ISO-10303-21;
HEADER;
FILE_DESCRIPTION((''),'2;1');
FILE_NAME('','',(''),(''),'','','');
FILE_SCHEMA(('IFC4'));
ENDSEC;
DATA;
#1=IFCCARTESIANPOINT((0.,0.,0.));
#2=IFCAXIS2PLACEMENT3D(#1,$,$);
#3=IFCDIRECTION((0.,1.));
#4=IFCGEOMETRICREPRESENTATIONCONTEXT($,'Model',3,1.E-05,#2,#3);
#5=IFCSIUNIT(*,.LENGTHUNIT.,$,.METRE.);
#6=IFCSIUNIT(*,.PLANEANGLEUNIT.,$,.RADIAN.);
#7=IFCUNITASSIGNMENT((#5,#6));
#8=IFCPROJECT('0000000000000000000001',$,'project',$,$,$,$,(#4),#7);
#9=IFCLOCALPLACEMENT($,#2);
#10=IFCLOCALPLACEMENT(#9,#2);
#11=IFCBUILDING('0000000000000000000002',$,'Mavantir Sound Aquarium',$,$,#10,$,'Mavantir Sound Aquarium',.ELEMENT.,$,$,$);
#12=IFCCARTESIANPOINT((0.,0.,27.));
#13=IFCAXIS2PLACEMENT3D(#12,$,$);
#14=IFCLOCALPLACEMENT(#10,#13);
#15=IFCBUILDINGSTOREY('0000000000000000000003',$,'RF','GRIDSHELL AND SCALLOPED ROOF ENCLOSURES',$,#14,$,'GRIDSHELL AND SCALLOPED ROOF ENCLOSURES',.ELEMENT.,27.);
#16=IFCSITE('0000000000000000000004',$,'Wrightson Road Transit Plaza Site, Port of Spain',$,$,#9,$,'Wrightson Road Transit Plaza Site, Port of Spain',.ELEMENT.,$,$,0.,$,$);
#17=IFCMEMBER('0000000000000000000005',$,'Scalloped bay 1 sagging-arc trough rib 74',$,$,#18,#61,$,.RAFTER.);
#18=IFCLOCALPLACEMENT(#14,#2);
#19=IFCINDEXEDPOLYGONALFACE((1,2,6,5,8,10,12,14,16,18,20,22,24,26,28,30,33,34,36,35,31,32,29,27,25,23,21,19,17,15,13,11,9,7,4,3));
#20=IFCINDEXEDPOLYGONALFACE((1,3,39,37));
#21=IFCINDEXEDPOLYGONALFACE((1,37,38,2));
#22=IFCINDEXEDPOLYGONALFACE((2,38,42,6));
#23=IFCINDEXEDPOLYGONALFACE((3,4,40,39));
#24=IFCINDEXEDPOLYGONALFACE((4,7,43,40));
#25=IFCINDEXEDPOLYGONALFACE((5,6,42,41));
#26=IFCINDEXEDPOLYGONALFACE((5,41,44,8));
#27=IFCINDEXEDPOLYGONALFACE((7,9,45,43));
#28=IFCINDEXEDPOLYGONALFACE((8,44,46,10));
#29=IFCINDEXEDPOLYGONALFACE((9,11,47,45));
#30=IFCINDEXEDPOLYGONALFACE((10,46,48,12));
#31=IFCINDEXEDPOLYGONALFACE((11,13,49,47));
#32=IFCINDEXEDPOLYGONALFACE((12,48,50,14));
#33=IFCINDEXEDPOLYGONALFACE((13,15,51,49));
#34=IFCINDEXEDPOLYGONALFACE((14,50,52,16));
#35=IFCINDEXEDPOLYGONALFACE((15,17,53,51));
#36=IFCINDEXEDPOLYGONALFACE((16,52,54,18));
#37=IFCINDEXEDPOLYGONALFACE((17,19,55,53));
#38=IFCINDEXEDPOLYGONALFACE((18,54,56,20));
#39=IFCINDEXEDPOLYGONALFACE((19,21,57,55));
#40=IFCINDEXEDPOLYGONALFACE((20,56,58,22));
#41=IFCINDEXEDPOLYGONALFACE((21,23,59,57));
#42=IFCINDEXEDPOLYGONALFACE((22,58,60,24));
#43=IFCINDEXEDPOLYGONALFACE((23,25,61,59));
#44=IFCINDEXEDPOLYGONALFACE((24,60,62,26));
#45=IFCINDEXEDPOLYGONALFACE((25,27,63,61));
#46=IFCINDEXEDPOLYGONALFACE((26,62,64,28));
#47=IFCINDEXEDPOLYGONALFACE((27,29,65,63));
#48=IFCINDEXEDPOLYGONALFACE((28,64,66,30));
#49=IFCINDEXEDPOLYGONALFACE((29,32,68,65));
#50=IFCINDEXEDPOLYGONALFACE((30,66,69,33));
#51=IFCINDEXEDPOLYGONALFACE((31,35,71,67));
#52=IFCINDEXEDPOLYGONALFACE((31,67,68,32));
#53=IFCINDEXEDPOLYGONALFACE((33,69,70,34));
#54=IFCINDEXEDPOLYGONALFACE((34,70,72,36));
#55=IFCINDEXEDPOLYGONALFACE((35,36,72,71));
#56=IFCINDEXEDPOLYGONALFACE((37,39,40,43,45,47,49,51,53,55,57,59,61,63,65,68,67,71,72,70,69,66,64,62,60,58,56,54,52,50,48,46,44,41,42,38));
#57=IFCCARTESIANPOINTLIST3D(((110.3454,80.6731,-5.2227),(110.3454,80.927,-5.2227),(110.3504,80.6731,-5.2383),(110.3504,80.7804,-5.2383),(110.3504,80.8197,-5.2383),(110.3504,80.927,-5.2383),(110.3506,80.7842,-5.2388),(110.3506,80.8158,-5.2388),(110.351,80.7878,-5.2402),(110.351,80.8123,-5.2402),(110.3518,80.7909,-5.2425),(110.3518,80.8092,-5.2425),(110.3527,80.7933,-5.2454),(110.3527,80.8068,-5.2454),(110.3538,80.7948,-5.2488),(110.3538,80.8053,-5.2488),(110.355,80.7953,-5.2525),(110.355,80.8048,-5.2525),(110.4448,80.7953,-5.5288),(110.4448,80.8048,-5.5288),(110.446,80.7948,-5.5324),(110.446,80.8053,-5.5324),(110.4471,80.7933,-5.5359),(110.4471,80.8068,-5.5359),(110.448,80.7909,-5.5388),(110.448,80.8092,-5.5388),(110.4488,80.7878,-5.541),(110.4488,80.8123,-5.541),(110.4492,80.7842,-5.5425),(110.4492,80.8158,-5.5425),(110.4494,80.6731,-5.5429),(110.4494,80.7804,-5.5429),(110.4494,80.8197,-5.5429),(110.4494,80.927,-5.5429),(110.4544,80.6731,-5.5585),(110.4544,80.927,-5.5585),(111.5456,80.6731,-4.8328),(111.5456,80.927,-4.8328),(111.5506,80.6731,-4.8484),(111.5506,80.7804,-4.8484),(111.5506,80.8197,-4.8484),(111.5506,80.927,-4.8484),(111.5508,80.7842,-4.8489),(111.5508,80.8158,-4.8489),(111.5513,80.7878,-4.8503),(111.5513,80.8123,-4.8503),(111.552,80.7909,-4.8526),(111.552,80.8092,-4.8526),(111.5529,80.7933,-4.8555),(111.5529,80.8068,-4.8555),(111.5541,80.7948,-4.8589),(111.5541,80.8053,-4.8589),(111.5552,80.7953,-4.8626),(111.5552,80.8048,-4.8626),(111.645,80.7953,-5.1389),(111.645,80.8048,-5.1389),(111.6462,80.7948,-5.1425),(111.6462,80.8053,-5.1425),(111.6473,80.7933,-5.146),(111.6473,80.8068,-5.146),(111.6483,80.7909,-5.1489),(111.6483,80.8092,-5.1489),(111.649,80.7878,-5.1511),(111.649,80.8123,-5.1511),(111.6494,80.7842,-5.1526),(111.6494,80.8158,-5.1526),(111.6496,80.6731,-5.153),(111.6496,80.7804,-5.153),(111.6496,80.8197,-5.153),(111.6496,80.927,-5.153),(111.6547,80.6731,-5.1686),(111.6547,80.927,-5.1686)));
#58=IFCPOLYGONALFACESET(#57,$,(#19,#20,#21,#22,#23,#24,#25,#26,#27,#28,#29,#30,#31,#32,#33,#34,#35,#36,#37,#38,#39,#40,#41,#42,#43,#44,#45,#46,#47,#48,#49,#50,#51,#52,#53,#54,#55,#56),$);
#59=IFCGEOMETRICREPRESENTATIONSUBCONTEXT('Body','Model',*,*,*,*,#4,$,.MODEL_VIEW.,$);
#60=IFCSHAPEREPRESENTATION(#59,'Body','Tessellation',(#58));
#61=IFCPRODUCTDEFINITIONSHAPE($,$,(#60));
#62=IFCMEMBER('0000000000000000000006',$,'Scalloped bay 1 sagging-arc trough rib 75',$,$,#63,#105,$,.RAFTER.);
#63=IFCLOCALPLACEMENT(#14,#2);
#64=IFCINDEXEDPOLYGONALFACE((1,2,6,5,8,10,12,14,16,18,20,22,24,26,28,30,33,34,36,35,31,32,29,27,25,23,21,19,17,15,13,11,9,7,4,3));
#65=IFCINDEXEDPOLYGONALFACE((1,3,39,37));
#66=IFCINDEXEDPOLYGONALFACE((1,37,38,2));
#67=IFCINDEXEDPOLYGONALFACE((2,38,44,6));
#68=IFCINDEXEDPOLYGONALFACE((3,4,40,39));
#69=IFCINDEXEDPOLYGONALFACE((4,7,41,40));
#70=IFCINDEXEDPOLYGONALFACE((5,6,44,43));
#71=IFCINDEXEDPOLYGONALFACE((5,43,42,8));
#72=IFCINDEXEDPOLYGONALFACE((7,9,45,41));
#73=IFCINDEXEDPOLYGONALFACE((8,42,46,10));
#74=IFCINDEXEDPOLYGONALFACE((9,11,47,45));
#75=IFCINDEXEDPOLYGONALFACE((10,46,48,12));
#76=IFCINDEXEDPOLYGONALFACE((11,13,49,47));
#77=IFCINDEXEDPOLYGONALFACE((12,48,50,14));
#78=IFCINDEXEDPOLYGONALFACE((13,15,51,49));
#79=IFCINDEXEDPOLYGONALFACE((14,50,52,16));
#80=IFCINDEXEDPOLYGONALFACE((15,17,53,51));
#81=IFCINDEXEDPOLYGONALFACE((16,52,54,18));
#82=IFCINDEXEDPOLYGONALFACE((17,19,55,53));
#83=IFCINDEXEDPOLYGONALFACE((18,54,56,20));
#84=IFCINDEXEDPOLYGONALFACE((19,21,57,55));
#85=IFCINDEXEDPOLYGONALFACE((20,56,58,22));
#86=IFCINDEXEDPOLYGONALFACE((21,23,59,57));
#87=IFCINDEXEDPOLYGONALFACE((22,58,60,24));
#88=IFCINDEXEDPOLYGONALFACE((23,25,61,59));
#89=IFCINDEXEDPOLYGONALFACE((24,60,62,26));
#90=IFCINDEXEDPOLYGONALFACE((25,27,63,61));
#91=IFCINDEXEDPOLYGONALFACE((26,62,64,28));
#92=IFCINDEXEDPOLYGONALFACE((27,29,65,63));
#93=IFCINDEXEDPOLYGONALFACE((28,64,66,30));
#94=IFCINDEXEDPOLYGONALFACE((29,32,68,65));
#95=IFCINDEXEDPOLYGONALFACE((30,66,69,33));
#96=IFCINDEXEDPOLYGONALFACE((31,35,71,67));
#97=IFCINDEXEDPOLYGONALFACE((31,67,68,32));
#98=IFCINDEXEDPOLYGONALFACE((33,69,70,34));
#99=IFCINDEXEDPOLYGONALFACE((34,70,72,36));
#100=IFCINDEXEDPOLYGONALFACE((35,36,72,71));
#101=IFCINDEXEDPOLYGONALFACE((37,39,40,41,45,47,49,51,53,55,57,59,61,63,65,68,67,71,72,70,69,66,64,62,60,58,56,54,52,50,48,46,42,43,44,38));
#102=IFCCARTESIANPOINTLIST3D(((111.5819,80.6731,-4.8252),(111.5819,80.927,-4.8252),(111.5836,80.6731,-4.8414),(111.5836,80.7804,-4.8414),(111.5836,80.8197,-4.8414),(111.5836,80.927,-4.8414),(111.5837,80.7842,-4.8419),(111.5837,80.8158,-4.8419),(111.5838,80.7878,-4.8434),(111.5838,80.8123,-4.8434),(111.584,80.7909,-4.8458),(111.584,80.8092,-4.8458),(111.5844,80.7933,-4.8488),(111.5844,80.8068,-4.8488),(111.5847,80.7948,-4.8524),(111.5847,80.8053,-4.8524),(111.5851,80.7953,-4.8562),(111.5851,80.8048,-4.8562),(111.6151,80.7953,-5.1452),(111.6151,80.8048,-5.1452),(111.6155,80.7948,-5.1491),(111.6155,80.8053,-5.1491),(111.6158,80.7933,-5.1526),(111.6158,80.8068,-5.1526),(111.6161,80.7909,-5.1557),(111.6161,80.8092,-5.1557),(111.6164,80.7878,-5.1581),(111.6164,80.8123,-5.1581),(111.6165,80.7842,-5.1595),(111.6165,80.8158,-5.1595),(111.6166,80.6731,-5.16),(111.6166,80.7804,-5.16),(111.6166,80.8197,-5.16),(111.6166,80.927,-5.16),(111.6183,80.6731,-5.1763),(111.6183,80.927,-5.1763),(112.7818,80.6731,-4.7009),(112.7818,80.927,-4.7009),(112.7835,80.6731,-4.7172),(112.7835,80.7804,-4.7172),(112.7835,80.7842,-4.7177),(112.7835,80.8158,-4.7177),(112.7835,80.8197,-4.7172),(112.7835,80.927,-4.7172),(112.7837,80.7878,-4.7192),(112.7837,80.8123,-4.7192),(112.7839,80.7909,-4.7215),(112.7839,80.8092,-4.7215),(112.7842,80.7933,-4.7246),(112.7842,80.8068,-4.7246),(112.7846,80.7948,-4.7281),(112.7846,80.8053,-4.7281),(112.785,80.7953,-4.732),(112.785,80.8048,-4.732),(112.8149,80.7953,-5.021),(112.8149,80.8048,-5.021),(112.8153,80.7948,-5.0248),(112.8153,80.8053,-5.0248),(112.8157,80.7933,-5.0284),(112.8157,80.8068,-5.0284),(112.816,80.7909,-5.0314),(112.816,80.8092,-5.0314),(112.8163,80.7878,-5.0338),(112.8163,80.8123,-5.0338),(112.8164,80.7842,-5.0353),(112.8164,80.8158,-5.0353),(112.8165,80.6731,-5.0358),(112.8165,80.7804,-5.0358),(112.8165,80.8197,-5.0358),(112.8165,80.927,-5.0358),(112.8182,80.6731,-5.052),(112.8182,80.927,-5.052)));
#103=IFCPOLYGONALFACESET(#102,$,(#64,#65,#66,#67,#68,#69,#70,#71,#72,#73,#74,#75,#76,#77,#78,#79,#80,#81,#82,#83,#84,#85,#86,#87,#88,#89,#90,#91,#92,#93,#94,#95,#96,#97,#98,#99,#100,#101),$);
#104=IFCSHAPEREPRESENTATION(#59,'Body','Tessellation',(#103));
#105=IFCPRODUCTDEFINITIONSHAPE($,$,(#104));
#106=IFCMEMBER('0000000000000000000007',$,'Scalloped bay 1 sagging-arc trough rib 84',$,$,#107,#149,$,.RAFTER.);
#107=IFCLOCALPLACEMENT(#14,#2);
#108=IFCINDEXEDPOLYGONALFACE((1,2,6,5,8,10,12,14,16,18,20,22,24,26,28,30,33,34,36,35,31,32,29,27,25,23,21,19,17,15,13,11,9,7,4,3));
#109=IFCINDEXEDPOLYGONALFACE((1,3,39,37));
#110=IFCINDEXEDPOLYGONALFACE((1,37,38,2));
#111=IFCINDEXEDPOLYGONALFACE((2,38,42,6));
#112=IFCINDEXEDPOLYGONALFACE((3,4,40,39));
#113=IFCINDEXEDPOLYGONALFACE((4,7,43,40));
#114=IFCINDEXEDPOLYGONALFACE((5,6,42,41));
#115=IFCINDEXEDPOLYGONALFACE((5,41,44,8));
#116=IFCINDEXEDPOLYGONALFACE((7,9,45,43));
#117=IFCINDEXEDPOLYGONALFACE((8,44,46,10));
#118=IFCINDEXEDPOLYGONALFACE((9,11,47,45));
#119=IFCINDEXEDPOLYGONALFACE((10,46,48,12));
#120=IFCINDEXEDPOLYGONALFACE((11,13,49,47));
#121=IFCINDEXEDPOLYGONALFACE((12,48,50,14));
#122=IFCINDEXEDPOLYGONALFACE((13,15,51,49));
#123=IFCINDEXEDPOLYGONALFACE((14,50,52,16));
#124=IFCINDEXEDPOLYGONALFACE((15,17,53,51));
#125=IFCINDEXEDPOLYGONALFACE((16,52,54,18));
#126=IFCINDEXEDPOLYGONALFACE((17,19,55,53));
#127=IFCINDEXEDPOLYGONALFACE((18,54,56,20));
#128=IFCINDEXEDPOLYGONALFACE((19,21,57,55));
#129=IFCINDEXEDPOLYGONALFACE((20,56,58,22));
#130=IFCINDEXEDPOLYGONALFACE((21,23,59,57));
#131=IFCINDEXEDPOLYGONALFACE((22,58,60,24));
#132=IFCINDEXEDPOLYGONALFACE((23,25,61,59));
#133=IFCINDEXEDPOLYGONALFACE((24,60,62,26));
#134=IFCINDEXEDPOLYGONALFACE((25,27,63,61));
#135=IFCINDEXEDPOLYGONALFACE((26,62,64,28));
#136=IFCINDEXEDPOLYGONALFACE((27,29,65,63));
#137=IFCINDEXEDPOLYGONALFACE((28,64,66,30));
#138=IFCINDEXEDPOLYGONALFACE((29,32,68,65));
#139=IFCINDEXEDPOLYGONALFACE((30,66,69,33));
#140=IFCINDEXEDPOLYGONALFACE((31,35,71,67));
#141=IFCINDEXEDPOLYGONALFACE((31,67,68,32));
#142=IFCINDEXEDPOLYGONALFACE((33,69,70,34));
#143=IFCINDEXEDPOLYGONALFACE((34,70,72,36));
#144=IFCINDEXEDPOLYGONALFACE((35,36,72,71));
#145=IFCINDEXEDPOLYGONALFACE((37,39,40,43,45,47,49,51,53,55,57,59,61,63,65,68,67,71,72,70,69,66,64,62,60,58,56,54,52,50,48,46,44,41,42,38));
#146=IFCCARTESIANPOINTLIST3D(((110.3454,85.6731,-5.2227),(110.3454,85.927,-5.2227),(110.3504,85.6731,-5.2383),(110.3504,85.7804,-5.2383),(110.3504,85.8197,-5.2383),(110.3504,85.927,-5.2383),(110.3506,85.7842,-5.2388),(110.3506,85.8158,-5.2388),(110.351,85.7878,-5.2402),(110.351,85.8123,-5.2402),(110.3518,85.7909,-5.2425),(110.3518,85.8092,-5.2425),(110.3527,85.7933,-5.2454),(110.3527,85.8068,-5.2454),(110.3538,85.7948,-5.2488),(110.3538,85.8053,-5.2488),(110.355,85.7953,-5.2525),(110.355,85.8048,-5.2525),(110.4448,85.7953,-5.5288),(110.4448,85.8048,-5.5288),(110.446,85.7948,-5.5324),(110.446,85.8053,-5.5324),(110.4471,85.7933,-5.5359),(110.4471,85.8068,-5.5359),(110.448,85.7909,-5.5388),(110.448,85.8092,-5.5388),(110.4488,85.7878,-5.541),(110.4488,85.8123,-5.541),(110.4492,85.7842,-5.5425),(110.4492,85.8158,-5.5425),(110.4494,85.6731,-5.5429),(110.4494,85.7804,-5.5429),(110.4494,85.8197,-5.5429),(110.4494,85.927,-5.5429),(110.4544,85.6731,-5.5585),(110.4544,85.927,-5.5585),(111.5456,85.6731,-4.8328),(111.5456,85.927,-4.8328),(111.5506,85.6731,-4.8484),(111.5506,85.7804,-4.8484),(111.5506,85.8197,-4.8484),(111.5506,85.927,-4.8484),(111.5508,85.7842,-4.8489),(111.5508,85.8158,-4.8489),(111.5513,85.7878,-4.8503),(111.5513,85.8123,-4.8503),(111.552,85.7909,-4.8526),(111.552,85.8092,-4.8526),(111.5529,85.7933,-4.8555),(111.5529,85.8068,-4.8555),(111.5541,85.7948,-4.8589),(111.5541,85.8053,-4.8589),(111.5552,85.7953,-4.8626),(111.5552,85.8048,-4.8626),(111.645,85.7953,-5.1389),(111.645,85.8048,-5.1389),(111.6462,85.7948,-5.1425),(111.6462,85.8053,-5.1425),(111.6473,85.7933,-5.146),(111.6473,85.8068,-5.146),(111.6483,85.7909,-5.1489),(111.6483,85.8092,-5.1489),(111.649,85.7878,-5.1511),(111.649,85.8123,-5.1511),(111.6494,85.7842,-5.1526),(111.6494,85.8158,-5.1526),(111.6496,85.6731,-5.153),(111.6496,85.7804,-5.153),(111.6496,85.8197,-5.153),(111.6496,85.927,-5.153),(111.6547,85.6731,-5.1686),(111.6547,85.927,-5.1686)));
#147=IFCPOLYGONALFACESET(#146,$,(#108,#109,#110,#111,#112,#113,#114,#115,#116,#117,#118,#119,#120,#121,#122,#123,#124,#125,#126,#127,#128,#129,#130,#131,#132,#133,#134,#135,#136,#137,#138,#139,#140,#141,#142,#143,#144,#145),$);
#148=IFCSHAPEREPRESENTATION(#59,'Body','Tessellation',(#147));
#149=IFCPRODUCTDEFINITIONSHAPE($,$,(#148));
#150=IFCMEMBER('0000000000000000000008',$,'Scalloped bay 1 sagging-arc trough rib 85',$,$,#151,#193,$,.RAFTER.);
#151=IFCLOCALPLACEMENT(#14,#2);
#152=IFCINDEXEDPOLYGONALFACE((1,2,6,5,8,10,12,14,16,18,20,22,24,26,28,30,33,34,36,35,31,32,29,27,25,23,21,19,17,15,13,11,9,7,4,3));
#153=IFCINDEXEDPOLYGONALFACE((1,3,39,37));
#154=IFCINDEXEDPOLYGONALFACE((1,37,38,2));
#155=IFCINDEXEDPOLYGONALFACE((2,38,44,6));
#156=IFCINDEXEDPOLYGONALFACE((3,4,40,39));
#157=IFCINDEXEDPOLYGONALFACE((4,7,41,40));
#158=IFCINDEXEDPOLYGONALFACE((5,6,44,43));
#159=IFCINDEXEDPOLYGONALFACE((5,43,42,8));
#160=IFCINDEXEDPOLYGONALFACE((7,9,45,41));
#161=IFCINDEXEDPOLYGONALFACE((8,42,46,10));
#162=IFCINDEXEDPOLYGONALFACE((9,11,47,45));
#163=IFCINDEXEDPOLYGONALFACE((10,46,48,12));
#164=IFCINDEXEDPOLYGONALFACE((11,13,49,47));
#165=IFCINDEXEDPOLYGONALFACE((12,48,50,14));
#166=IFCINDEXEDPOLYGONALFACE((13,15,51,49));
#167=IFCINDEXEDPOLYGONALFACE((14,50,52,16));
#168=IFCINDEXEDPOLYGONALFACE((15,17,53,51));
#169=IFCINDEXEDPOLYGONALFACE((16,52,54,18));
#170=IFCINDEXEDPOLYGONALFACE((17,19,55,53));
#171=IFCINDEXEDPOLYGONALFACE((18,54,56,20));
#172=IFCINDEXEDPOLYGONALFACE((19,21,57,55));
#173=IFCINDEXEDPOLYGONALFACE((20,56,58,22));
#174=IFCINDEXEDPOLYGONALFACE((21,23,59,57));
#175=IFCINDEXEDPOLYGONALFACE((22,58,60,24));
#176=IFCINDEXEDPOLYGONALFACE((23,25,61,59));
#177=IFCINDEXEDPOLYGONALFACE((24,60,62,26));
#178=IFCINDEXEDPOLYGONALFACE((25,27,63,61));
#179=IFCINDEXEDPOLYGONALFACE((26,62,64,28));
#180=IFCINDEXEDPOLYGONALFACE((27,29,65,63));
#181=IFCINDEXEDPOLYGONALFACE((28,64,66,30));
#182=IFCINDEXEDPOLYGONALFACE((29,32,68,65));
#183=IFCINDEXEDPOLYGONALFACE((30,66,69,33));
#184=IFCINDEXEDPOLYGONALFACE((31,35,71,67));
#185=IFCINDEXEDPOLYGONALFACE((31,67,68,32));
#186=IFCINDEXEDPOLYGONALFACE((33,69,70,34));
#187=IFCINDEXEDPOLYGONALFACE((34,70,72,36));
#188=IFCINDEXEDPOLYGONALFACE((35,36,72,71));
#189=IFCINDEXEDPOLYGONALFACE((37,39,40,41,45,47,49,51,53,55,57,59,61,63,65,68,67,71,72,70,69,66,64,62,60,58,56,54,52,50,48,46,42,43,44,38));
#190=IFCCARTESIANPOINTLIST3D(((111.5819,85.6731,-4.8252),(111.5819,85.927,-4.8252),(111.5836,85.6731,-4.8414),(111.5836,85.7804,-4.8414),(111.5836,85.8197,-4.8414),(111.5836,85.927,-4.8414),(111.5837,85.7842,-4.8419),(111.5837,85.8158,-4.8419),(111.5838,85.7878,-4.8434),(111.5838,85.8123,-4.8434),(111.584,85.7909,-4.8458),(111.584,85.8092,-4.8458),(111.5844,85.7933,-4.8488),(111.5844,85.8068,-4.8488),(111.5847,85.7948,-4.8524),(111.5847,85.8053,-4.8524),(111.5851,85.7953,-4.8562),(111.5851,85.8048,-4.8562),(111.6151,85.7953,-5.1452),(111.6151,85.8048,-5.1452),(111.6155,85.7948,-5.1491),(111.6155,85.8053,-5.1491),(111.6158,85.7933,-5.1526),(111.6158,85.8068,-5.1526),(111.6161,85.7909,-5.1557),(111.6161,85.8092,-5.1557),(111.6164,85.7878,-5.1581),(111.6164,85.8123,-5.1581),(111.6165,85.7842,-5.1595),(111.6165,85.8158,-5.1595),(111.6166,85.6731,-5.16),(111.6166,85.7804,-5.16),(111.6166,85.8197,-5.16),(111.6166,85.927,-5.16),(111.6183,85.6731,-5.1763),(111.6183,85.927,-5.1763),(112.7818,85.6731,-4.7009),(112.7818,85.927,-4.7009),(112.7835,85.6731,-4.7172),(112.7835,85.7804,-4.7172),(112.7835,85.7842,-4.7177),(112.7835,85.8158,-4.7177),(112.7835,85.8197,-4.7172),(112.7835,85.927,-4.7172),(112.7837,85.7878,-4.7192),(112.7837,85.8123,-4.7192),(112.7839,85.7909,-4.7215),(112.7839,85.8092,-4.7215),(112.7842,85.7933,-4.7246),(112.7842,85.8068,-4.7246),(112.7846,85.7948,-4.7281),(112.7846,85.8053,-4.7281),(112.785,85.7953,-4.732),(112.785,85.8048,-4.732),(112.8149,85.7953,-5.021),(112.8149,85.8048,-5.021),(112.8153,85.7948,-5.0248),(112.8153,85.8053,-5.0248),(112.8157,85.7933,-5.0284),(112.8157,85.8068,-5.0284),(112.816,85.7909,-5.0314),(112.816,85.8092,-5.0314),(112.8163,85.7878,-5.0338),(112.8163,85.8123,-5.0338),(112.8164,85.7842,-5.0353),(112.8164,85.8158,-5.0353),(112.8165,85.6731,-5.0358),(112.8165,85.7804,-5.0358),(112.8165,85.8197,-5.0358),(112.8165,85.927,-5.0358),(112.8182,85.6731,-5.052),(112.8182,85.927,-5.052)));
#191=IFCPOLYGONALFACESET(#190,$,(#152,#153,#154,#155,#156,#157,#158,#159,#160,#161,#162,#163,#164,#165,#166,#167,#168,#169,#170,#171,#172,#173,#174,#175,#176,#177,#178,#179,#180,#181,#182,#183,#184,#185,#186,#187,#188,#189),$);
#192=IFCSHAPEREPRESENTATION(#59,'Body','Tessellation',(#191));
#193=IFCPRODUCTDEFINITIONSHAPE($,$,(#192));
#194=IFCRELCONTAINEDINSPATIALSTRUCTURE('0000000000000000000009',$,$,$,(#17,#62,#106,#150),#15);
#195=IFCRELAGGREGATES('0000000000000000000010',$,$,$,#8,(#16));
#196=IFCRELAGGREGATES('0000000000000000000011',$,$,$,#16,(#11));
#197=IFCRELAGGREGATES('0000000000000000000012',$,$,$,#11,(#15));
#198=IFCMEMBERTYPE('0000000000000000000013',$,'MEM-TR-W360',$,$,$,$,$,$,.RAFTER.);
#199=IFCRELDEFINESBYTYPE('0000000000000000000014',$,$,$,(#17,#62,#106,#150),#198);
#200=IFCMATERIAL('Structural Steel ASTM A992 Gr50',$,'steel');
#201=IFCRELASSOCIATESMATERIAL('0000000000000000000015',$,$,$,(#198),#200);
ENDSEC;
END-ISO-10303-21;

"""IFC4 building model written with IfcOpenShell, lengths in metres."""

from ifc_helpers import new_model, si_unit, direction, frame, origin, origin_2d, place, context, subcontext, project, spatial, i_section, extrude, material, material_profile, profile_set, type_object, element, save


model = new_model("IFC4")

# Units and contexts
model_context = context("Model", 3, precision=1e-05, world=origin(), true_north=direction((0.0, 1.0)))
body_context = subcontext(model_context, "Body", "Model", "MODEL_VIEW")
ifc_project = project(units=[si_unit("LENGTHUNIT", "METRE"), si_unit("PLANEANGLEUNIT", "RADIAN")], contexts=[model_context])

# Site, building, storey
site_placement = place(None, origin())
site = spatial("IfcSite", under=ifc_project, at=site_placement, Name="Wrightson Road Transit Plaza Site, Port of Spain", LongName="Wrightson Road Transit Plaza Site, Port of Spain", CompositionType="ELEMENT", RefElevation=0.0)
building_placement = place(site_placement, origin())
building = spatial("IfcBuilding", under=site, at=building_placement, Name="Mavantir Sound Aquarium", LongName="Mavantir Sound Aquarium", CompositionType="ELEMENT")
storey_placement = place(building_placement, frame((0.0, 0.0, 27.0)))
storey = spatial("IfcBuildingStorey", under=building, at=storey_placement, Name="RF", Description="GRIDSHELL AND SCALLOPED ROOF ENCLOSURES", LongName="GRIDSHELL AND SCALLOPED ROOF ENCLOSURES", CompositionType="ELEMENT", Elevation=27.0)

# Members
ifc_material_1 = material(Name="Structural Steel ASTM A992 Gr50", Category="steel")
ifc_material_profile_1 = material_profile(ifc_material_1, i_section(OverallWidth=0.2539, OverallDepth=0.353, WebThickness=0.0095, FlangeThickness=0.0164, FilletRadius=0.0149, at=origin_2d()), Name="W360X91")
ifc_profile_set_1 = profile_set([ifc_material_profile_1], Name="Structural Steel ASTM A992 Gr50")
member_type_1 = type_object("IfcMemberType", Name="MEM-TR-W360", PredefinedType="RAFTER", material=ifc_profile_set_1)
member_1_placement = place(storey_placement, frame((110.3999, 80.8, -5.3906), z_axis=(0.951074, 0.0, 0.308964), x_axis=(0.0, 1.0, 0.0)))
element("IfcMember", 1, at=member_1_placement, inside=storey, type_object=member_type_1, Name="Scalloped bay 1 sagging-arc trough rib 74", PredefinedType="RAFTER", context=body_context, shape_type="SweptSolid", body=[
    extrude(i_section(OverallWidth=0.2539, OverallDepth=0.353, WebThickness=0.0095, FlangeThickness=0.0164, FilletRadius=0.0149, at=origin_2d()), origin(), (0.0, 0.0, 1.0), 1.262),
])
member_2_placement = place(storey_placement, frame((111.6001, 80.8, -5.0007), z_axis=(0.99468, 0.0, 0.10301), x_axis=(0.0, 1.0, 0.0)))
element("IfcMember", 2, at=member_2_placement, inside=storey, type_object=member_type_1, Name="Scalloped bay 1 sagging-arc trough rib 75", PredefinedType="RAFTER", context=body_context, shape_type="SweptSolid", body=[
    extrude(i_section(OverallWidth=0.2539, OverallDepth=0.353, WebThickness=0.0095, FlangeThickness=0.0164, FilletRadius=0.0149, at=origin_2d()), origin(), (0.0, 0.0, 1.0), 1.2063),
])
member_3_placement = place(storey_placement, frame((110.3999, 85.8, -5.3906), z_axis=(0.951074, 0.0, 0.308964), x_axis=(0.0, 1.0, 0.0)))
element("IfcMember", 3, at=member_3_placement, inside=storey, type_object=member_type_1, Name="Scalloped bay 1 sagging-arc trough rib 84", PredefinedType="RAFTER", context=body_context, shape_type="SweptSolid", body=[
    extrude(i_section(OverallWidth=0.2539, OverallDepth=0.353, WebThickness=0.0095, FlangeThickness=0.0164, FilletRadius=0.0149, at=origin_2d()), origin(), (0.0, 0.0, 1.0), 1.262),
])
member_4_placement = place(storey_placement, frame((111.6001, 85.8, -5.0007), z_axis=(0.99468, 0.0, 0.10301), x_axis=(0.0, 1.0, 0.0)))
element("IfcMember", 4, at=member_4_placement, inside=storey, type_object=member_type_1, Name="Scalloped bay 1 sagging-arc trough rib 85", PredefinedType="RAFTER", context=body_context, shape_type="SweptSolid", body=[
    extrude(i_section(OverallWidth=0.2539, OverallDepth=0.353, WebThickness=0.0095, FlangeThickness=0.0164, FilletRadius=0.0149, at=origin_2d()), origin(), (0.0, 0.0, 1.0), 1.2063),
])

save(model, "model.ifc")
